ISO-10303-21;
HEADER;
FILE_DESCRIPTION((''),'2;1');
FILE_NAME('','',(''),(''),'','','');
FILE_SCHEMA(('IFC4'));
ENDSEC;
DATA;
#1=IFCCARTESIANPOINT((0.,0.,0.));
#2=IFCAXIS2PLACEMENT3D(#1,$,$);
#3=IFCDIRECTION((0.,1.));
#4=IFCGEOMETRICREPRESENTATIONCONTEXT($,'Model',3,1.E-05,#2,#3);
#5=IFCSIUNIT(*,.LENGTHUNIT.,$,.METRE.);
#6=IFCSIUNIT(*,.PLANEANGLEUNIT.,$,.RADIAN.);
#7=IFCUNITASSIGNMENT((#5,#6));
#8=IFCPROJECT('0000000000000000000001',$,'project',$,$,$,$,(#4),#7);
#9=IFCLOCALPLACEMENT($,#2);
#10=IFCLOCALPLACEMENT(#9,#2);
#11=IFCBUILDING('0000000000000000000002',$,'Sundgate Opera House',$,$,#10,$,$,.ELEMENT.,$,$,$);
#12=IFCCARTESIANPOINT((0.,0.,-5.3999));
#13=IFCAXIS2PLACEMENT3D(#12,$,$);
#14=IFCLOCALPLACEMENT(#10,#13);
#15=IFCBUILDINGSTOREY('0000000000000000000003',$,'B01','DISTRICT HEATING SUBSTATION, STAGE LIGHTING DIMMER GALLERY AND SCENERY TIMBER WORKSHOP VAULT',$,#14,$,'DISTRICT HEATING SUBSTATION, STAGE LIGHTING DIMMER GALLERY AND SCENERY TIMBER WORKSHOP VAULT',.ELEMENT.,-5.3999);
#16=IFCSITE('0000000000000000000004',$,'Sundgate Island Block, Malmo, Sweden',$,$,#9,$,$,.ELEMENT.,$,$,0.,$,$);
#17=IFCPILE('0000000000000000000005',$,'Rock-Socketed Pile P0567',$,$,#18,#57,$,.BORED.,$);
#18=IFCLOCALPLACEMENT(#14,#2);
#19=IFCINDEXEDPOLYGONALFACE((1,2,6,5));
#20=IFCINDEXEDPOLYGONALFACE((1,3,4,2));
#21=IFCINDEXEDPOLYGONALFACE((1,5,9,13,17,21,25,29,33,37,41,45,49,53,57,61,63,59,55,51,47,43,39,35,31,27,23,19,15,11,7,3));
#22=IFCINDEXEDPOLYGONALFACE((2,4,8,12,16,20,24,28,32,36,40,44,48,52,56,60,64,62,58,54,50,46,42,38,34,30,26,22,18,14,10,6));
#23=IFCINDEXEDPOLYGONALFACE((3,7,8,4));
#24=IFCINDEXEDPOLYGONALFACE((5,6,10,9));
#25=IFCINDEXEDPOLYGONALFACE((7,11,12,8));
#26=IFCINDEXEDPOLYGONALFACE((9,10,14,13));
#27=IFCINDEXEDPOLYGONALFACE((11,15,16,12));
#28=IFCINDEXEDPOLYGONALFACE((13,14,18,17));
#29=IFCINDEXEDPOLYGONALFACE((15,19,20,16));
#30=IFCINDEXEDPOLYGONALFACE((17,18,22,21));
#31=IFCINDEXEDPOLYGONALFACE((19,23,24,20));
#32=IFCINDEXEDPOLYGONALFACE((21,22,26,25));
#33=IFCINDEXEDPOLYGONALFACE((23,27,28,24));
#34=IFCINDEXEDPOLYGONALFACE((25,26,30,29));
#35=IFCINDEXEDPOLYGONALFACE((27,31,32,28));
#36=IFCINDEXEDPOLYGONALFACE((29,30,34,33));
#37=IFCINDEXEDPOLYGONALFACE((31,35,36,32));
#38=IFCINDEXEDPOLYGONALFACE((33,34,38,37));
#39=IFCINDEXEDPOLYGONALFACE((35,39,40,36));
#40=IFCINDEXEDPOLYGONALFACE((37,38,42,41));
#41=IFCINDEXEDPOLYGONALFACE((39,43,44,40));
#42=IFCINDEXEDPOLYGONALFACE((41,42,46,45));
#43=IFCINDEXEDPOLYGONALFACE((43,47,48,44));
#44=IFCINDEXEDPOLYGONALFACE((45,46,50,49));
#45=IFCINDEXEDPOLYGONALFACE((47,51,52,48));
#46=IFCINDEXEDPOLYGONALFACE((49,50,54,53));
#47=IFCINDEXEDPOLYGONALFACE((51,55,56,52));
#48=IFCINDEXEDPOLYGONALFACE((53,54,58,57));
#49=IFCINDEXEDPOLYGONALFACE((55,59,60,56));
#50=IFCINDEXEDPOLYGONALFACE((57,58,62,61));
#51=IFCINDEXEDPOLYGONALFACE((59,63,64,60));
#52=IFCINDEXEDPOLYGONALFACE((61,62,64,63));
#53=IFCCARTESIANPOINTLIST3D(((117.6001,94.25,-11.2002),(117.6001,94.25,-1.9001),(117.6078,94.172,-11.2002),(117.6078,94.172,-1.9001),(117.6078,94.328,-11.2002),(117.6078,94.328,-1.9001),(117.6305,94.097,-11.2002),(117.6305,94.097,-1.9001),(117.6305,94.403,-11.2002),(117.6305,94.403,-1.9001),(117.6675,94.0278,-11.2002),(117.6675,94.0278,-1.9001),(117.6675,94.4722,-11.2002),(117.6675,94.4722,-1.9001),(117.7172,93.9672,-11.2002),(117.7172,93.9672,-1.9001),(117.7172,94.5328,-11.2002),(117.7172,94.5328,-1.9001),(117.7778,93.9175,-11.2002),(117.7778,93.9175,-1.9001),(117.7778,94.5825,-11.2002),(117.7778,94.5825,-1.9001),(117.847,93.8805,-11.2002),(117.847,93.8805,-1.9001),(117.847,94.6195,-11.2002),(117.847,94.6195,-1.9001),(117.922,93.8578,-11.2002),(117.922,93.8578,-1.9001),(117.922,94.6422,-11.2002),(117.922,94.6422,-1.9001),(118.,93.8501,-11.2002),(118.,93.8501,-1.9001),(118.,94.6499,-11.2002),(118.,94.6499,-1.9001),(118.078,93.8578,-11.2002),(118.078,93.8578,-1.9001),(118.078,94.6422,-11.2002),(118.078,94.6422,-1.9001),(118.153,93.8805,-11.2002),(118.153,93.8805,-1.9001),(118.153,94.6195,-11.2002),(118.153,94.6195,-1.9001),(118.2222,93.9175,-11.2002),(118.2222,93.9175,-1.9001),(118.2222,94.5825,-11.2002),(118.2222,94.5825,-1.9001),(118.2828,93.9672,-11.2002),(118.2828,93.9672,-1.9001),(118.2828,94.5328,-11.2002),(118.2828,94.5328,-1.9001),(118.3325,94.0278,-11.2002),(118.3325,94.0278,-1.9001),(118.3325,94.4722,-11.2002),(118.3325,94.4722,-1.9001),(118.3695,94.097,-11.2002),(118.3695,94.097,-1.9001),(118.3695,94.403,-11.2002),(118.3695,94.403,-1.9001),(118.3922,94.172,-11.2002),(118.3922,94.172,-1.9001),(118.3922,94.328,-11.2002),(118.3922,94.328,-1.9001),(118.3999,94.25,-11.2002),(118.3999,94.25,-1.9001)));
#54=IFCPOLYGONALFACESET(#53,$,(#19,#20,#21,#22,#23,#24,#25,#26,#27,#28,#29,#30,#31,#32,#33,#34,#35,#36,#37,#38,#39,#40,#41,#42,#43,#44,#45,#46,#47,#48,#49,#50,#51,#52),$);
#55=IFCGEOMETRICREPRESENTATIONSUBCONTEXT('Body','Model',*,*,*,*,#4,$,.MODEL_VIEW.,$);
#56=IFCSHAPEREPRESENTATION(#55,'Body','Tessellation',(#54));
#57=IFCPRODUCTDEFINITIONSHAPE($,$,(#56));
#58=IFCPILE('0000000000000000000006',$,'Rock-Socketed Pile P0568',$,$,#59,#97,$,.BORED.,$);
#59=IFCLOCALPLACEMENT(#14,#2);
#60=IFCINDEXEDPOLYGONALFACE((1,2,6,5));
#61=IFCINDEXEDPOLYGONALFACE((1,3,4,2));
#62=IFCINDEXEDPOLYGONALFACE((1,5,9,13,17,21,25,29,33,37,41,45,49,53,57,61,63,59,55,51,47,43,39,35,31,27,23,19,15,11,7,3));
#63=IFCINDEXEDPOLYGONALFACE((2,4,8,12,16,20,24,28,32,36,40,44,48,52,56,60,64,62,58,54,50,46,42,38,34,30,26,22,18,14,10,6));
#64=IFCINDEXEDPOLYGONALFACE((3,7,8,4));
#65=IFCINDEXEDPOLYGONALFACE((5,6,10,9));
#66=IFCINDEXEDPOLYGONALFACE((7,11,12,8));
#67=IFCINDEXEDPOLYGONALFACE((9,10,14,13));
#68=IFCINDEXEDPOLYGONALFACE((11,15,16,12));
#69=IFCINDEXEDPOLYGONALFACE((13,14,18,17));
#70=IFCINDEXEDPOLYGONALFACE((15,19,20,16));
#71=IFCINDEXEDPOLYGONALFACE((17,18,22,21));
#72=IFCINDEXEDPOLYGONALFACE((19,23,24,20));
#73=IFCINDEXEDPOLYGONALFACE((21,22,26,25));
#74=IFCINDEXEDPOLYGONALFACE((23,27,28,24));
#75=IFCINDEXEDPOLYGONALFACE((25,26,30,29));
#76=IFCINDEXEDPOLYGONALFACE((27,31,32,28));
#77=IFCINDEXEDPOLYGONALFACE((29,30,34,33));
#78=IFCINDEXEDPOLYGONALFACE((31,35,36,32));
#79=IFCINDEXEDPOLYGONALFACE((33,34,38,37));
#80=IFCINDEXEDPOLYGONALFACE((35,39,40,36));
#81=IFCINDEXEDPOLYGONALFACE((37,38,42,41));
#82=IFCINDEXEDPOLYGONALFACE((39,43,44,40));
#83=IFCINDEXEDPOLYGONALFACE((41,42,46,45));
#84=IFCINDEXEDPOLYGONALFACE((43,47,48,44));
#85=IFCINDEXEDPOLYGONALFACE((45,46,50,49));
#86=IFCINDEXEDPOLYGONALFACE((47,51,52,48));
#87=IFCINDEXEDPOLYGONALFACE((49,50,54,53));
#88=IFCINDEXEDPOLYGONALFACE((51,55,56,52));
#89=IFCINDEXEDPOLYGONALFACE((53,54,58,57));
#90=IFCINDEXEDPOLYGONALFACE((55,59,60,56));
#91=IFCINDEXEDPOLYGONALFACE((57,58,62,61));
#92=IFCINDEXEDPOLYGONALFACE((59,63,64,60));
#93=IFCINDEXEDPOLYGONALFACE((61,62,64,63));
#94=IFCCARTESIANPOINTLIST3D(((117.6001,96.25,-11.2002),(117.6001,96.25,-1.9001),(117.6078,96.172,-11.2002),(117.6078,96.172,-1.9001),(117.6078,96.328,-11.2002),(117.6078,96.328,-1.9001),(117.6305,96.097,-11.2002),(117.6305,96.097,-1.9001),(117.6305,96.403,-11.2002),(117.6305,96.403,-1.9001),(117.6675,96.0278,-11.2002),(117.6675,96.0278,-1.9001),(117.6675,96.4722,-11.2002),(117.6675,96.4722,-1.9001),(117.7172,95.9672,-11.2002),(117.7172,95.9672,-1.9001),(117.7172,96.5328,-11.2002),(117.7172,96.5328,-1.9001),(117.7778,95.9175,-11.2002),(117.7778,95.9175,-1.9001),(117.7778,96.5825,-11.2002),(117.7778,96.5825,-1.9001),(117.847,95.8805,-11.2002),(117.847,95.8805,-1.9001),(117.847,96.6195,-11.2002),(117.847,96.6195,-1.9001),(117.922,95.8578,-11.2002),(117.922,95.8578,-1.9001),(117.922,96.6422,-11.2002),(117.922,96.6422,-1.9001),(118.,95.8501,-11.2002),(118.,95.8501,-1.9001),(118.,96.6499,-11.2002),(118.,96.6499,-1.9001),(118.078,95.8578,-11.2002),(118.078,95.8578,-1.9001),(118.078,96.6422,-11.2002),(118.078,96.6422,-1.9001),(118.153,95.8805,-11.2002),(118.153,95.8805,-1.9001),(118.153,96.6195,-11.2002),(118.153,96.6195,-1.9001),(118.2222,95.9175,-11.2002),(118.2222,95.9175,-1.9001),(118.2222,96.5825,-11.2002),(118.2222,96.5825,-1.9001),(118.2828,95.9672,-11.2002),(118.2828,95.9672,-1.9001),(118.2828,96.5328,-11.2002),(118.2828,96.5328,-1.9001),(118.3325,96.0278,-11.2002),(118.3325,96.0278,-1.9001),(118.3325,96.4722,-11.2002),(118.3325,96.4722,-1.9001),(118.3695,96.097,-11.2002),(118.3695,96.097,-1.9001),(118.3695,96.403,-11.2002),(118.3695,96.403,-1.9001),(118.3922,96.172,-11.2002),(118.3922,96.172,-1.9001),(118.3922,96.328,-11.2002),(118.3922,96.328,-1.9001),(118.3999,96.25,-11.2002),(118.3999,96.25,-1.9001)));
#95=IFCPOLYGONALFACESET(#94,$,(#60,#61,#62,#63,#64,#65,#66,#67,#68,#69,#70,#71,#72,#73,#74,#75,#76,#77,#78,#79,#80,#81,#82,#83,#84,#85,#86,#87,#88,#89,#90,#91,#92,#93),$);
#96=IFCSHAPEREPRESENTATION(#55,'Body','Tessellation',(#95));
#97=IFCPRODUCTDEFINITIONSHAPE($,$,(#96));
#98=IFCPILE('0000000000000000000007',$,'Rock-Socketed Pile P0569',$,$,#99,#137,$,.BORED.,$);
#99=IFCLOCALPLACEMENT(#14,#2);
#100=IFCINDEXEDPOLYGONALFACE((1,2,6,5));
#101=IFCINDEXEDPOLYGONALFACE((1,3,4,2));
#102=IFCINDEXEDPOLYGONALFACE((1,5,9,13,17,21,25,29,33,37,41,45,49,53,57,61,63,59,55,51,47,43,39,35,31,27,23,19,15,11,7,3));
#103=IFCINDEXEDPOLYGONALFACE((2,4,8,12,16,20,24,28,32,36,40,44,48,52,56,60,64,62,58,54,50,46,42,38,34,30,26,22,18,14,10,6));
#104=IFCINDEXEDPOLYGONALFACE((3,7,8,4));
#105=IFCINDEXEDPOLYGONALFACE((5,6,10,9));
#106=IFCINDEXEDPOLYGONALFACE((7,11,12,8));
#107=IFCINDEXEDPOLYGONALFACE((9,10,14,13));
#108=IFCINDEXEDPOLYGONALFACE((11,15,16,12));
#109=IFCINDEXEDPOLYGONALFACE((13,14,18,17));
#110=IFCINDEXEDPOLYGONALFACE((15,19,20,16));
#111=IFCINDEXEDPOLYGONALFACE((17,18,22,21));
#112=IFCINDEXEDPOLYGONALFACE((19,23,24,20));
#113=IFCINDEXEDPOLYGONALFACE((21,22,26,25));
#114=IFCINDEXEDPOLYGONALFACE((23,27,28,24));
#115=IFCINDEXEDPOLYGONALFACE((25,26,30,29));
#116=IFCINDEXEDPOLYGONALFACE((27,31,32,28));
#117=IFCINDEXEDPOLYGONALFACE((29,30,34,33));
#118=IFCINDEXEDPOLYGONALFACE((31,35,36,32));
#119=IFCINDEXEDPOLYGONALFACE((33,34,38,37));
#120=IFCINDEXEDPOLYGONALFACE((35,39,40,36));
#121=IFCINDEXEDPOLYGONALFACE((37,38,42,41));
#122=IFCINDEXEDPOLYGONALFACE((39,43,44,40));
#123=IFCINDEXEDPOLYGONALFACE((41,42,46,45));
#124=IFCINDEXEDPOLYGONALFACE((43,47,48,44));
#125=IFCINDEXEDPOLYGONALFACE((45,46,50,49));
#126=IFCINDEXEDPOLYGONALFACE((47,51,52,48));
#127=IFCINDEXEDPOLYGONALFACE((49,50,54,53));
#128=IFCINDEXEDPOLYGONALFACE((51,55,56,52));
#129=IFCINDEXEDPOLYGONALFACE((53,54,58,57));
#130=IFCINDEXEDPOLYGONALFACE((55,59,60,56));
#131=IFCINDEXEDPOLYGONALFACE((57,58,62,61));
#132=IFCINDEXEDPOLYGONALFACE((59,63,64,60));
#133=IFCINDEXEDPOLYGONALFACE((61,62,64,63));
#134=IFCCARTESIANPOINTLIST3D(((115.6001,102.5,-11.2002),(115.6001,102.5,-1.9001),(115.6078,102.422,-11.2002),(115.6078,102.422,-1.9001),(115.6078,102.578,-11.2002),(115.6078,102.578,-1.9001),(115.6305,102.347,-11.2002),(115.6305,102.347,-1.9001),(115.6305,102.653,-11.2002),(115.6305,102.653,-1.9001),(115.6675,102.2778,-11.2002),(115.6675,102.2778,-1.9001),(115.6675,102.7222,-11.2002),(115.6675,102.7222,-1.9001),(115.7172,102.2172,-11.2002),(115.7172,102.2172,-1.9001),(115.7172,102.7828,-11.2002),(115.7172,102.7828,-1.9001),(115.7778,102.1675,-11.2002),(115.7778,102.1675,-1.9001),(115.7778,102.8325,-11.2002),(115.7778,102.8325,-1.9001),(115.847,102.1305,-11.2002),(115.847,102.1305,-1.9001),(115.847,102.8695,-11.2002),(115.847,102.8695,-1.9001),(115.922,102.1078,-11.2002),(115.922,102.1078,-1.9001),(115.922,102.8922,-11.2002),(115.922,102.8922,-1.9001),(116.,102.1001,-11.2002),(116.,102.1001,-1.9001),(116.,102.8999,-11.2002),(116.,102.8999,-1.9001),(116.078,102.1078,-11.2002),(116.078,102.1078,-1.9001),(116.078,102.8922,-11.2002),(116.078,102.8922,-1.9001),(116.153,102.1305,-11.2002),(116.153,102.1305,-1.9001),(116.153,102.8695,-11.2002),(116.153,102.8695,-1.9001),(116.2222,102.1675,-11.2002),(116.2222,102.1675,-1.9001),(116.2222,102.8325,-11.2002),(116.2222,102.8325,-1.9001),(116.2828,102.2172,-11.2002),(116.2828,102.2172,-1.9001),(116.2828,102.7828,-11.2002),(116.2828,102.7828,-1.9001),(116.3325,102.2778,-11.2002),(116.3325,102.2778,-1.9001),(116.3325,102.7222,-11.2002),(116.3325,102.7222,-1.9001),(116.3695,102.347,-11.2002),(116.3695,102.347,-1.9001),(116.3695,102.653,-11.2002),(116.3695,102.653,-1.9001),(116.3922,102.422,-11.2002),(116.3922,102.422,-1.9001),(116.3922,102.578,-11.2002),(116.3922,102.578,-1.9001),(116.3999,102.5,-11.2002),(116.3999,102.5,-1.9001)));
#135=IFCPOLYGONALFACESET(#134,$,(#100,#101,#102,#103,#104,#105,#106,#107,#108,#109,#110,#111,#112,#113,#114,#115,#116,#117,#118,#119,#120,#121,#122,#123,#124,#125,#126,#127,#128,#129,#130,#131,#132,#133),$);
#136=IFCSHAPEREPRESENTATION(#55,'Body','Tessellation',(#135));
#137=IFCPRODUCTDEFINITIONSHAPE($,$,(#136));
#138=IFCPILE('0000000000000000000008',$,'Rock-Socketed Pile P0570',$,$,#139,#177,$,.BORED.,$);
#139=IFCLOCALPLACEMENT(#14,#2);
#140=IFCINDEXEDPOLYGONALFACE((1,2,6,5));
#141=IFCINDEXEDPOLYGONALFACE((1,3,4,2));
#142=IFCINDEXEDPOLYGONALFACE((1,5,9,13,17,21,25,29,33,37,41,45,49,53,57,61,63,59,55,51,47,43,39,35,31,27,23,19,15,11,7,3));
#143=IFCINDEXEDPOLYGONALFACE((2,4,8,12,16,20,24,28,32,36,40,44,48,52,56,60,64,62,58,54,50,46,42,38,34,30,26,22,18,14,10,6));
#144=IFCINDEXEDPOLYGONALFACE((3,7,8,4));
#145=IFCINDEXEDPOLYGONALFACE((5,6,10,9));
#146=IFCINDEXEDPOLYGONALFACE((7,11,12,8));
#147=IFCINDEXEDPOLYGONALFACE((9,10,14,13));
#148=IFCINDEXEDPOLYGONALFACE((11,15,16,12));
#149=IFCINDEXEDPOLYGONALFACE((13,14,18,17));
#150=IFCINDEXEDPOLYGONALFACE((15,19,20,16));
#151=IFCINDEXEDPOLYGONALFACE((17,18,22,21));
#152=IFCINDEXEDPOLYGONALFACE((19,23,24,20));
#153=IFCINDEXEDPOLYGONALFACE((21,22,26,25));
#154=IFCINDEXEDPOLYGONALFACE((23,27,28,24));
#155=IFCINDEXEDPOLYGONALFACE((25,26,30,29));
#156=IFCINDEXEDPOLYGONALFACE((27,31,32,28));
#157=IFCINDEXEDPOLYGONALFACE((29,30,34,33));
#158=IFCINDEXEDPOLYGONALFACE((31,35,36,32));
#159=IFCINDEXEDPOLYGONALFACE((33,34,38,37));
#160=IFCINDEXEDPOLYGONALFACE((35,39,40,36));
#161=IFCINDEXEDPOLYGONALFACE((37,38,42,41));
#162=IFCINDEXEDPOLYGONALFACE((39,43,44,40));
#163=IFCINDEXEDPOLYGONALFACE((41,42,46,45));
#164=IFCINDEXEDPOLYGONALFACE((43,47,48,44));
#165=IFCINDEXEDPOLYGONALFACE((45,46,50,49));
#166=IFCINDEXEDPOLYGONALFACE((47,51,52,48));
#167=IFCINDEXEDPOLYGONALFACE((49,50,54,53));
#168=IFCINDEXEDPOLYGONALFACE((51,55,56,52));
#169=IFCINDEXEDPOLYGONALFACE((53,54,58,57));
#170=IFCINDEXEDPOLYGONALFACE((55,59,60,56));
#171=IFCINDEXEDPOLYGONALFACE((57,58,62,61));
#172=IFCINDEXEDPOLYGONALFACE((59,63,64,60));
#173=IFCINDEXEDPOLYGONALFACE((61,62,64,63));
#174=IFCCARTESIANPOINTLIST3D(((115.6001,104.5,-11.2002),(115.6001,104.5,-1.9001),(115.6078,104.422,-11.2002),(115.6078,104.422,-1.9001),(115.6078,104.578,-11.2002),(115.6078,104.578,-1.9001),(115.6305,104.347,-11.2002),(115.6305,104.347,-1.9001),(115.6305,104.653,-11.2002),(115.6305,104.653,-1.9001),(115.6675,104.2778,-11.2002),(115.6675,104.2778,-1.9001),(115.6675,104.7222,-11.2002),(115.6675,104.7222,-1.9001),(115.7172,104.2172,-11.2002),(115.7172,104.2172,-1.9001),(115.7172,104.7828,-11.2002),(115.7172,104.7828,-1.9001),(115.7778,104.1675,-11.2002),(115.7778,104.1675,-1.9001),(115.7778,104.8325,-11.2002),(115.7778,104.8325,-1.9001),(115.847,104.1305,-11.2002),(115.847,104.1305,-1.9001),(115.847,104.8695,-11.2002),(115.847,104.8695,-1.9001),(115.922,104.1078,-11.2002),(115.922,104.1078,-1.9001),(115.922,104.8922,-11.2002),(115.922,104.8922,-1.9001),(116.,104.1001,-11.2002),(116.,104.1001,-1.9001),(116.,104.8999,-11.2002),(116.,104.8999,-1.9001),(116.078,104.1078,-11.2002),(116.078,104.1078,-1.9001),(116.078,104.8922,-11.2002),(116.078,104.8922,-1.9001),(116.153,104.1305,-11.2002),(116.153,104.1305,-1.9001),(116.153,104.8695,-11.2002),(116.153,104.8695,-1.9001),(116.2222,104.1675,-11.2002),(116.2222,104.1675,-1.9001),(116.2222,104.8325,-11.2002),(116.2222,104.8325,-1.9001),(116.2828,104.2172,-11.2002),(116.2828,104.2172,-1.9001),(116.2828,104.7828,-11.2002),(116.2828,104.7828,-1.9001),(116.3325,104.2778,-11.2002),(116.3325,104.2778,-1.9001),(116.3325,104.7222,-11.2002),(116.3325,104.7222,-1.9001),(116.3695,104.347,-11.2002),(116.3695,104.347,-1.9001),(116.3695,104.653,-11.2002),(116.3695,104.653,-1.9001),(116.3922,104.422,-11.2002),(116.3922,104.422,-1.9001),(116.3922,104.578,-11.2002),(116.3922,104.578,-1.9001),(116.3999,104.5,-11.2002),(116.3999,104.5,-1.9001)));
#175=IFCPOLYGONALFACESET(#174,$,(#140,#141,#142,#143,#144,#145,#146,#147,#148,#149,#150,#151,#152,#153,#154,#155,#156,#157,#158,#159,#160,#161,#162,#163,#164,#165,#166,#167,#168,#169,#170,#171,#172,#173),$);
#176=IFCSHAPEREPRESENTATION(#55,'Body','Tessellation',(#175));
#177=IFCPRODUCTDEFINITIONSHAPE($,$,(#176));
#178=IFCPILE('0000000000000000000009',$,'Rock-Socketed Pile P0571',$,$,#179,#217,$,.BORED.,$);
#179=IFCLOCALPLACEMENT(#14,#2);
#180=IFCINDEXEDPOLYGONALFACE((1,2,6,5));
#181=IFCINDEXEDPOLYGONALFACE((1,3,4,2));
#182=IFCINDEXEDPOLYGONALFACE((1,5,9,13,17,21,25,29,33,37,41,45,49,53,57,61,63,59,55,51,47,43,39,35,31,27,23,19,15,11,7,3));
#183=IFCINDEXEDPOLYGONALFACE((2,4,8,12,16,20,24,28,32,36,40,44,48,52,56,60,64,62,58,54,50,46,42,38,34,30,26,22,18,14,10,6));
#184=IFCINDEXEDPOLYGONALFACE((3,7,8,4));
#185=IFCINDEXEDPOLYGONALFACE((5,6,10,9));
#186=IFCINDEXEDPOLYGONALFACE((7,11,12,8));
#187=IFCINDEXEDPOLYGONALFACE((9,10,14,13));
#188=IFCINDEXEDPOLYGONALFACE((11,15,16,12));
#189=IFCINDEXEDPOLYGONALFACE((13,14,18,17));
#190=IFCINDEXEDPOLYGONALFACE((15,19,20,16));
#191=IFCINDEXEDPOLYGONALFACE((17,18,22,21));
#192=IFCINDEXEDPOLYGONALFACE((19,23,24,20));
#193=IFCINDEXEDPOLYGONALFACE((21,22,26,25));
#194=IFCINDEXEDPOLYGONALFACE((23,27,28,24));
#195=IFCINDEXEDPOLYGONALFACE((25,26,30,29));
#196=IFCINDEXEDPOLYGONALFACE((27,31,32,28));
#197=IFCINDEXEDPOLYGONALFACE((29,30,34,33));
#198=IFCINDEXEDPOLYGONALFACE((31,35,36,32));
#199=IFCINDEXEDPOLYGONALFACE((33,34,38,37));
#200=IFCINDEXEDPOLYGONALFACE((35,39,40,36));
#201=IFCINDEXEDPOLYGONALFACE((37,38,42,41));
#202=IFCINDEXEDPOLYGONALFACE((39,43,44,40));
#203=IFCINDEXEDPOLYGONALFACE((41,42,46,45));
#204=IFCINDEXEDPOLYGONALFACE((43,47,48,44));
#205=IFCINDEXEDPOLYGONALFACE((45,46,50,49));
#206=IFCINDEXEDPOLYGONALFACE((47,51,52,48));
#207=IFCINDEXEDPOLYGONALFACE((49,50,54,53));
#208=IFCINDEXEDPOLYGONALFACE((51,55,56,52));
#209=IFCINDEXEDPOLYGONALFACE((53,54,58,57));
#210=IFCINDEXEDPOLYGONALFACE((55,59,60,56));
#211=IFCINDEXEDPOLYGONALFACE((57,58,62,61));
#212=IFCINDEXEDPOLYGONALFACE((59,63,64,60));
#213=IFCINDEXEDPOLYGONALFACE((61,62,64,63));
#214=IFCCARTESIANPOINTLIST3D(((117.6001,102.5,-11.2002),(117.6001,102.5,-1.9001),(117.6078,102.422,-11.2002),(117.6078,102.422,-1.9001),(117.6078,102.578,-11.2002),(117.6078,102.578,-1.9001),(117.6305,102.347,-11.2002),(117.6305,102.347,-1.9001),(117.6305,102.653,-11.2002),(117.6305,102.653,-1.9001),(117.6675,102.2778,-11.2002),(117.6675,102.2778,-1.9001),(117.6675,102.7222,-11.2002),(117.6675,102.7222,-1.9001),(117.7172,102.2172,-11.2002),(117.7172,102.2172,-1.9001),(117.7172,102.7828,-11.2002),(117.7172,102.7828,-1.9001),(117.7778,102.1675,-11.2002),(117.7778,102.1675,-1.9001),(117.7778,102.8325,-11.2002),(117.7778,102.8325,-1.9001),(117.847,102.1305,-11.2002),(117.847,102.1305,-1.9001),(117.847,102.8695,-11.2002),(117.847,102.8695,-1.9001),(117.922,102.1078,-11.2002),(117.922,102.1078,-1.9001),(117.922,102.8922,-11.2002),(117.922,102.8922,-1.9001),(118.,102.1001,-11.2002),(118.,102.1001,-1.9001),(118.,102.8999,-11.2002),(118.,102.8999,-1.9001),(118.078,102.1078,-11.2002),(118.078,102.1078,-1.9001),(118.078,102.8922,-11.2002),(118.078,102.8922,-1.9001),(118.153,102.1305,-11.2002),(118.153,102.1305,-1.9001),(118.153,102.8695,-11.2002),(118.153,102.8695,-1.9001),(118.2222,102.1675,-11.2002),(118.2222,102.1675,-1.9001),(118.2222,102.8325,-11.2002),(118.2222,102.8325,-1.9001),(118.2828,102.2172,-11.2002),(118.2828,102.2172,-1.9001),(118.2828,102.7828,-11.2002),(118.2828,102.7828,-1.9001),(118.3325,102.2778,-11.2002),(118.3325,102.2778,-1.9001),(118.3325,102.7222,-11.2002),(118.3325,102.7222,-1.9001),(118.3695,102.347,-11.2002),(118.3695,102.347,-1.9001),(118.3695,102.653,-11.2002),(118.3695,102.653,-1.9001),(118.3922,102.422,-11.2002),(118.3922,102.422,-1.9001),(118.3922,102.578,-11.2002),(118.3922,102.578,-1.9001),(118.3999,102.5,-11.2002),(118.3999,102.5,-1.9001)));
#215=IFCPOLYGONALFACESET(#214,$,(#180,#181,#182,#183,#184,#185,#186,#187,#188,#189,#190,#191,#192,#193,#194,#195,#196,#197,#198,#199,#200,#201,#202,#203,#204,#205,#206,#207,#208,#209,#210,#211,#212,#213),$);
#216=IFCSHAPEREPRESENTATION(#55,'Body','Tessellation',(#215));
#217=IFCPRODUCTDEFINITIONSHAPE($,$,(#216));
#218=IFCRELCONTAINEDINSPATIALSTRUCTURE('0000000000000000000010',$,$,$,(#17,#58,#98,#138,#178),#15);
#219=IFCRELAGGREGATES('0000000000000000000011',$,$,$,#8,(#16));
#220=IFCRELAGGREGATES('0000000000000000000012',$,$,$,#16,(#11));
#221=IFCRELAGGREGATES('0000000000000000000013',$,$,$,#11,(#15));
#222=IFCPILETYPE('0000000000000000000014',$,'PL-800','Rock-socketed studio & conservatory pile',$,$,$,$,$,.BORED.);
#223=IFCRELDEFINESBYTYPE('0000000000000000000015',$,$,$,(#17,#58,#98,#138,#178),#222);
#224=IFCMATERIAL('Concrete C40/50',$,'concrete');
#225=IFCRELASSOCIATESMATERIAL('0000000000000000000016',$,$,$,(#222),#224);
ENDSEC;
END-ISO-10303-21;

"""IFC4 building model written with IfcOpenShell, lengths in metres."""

from ifc_helpers import new_model, si_unit, direction, frame, origin, origin_2d, place, context, subcontext, project, spatial, circle, extrude, material, material_profile, profile_set, type_object, element, save


model = new_model("IFC4")

# Units and contexts
model_context = context("Model", 3, precision=1e-05, world=origin(), true_north=direction((0.0, 1.0)))
body_context = subcontext(model_context, "Body", "Model", "MODEL_VIEW")
ifc_project = project(units=[si_unit("LENGTHUNIT", "METRE"), si_unit("PLANEANGLEUNIT", "RADIAN")], contexts=[model_context])

# Site, building, storey
site_placement = place(None, origin())
site = spatial("IfcSite", under=ifc_project, at=site_placement, Name="Sundgate Island Block, Malmo, Sweden", CompositionType="ELEMENT", RefElevation=0.0)
building_placement = place(site_placement, origin())
building = spatial("IfcBuilding", under=site, at=building_placement, Name="Sundgate Opera House", CompositionType="ELEMENT")
storey_placement = place(building_placement, frame((0.0, 0.0, -5.3999)))
storey = spatial("IfcBuildingStorey", under=building, at=storey_placement, Name="B01", Description="DISTRICT HEATING SUBSTATION, STAGE LIGHTING DIMMER GALLERY AND SCENERY TIMBER WORKSHOP VAULT", LongName="DISTRICT HEATING SUBSTATION, STAGE LIGHTING DIMMER GALLERY AND SCENERY TIMBER WORKSHOP VAULT", CompositionType="ELEMENT", Elevation=-5.3999)

# Piles
ifc_material_1 = material(Name="Concrete C40/50", Category="concrete")
ifc_material_profile_1 = material_profile(ifc_material_1, circle(Radius=0.3999, at=origin_2d()), Name="PILE D800")
ifc_profile_set_1 = profile_set([ifc_material_profile_1], Name="Concrete C40/50")
pile_type = type_object("IfcPileType", Name="PL-800", Description="Rock-socketed studio & conservatory pile", PredefinedType="BORED", material=ifc_profile_set_1)
for number, where, z_axis, x_axis, name in (
    (1, (118.0, 94.25, -1.9001), (0.0, 0.0, -1.0), (1.0, 0.0, 0.0), "Rock-Socketed Pile P0567"),
    (2, (118.0, 96.25, -1.9001), (0.0, 0.0, -1.0), (1.0, 0.0, 0.0), "Rock-Socketed Pile P0568"),
    (3, (116.0, 102.5, -1.9001), (0.0, 0.0, -1.0), (1.0, 0.0, 0.0), "Rock-Socketed Pile P0569"),
    (4, (116.0, 104.5, -1.9001), (0.0, 0.0, -1.0), (1.0, 0.0, 0.0), "Rock-Socketed Pile P0570"),
    (5, (118.0, 102.5, -1.9001), (0.0, 0.0, -1.0), (1.0, 0.0, 0.0), "Rock-Socketed Pile P0571"),
):
    element("IfcPile", number, at=place(storey_placement, frame(where, z_axis=z_axis, x_axis=x_axis)), inside=storey, type_object=pile_type, Name=name, PredefinedType="BORED", context=body_context, shape_type="SweptSolid", body=[
        extrude(circle(Radius=0.3999, at=origin_2d()), origin(), (0.0, 0.0, 1.0), 9.3),
    ])

save(model, "model.ifc")
